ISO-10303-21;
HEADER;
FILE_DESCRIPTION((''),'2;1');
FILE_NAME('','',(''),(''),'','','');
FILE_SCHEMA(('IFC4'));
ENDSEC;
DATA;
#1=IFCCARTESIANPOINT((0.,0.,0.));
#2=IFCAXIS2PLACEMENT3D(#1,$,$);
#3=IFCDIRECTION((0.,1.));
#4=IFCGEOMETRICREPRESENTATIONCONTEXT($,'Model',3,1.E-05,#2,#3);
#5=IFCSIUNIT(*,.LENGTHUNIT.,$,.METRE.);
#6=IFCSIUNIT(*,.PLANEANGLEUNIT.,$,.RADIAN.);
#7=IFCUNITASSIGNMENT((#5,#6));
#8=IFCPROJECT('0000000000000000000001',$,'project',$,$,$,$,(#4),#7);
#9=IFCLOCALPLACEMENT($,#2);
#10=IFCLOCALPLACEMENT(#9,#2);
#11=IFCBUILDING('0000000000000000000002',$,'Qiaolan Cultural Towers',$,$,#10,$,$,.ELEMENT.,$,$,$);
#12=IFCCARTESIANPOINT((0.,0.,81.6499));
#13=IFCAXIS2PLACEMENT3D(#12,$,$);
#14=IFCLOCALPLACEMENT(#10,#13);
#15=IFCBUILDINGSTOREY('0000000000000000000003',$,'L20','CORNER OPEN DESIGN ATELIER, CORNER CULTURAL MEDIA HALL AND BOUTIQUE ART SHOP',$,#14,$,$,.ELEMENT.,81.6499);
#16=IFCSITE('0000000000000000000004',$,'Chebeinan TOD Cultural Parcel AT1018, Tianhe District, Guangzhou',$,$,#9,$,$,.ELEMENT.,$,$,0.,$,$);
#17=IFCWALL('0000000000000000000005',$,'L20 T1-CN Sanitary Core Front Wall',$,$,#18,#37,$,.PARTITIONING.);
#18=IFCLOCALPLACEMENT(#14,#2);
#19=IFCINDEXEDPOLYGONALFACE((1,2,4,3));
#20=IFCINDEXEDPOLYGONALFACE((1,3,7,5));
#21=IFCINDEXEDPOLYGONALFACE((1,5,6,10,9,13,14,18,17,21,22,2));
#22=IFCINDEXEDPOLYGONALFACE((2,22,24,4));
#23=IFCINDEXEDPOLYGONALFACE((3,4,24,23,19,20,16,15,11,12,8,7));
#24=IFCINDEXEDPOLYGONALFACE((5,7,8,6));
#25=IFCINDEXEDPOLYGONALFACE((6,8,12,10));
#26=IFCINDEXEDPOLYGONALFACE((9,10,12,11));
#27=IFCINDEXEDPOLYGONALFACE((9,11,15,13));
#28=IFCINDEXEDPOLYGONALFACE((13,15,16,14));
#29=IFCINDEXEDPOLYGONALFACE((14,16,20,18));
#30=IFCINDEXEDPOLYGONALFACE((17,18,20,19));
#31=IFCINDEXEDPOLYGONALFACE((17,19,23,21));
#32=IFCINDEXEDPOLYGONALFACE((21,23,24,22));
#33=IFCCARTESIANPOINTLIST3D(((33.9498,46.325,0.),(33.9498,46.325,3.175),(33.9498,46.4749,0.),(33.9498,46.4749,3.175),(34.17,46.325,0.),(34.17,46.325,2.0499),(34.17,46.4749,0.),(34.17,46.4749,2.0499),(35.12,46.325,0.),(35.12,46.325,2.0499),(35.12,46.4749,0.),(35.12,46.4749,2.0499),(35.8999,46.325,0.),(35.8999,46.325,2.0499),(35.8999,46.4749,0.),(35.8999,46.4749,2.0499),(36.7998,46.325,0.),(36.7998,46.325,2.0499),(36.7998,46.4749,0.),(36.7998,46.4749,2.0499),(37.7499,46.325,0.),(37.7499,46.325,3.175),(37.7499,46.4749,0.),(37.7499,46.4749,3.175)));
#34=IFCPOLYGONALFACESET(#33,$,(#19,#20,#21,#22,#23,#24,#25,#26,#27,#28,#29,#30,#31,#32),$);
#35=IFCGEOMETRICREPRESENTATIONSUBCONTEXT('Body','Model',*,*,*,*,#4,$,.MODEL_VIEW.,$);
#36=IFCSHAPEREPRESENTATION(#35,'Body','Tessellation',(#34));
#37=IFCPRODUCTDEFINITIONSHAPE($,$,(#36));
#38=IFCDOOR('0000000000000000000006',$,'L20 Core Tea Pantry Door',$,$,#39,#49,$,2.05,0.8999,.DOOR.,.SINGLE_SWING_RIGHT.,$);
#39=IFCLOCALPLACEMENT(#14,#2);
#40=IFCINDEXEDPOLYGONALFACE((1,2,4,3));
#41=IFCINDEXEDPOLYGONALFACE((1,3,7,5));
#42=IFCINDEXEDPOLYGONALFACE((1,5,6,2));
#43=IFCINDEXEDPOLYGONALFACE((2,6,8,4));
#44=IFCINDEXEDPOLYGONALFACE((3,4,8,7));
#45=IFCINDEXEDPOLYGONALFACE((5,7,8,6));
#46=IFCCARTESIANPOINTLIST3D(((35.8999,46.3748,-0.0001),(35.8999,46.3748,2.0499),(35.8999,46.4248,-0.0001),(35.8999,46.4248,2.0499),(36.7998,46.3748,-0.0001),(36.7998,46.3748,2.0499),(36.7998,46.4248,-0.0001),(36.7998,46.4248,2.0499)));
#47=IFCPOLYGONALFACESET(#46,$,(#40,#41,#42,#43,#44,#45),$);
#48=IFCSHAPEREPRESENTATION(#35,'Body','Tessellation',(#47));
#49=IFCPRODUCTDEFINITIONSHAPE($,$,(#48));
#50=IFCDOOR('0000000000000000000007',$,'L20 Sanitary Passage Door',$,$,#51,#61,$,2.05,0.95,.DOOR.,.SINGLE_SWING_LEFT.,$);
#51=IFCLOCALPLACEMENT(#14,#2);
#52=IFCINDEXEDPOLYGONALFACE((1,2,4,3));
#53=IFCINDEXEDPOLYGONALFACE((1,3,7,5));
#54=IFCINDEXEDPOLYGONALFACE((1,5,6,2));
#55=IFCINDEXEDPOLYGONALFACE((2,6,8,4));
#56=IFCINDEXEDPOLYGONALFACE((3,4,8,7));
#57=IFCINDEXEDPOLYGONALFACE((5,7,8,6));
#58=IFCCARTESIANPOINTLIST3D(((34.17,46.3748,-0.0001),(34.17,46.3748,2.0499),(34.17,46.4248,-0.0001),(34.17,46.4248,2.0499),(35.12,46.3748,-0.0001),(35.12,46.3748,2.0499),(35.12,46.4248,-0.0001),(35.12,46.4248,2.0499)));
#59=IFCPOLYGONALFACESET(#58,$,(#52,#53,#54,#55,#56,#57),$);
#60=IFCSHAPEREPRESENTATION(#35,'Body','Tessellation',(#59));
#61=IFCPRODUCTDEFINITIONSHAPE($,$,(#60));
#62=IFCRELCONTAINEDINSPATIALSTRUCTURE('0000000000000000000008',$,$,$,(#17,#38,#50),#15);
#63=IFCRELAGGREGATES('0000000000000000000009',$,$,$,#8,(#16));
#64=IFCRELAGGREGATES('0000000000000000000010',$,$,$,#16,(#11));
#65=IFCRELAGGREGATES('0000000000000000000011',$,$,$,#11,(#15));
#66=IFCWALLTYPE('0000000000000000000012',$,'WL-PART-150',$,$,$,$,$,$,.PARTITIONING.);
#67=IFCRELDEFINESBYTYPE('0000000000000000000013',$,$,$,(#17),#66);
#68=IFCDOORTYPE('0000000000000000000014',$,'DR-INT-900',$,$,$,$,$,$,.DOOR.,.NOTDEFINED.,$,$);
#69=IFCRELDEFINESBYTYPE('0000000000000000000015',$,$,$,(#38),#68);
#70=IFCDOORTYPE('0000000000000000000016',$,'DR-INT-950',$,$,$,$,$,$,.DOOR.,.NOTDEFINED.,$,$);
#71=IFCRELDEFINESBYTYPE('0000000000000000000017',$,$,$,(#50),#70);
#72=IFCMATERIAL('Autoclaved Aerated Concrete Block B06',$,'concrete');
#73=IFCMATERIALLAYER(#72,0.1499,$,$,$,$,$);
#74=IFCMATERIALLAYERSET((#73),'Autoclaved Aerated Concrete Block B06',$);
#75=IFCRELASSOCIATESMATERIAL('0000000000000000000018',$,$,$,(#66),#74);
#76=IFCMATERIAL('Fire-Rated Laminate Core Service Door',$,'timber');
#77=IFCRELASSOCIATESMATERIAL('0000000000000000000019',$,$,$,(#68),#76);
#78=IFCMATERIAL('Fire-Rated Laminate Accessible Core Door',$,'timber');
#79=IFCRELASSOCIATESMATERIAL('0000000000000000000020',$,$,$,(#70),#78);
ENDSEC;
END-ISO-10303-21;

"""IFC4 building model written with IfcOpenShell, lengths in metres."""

from ifc_helpers import new_model, si_unit, direction, frame, frame_2d, origin, place, context, subcontext, project, spatial, rectangle, extrude, material, layer, layer_set, type_object, element, fill, save


model = new_model("IFC4")

# Units and contexts
model_context = context("Model", 3, precision=1e-05, world=origin(), true_north=direction((0.0, 1.0)))
body_context = subcontext(model_context, "Body", "Model", "MODEL_VIEW")
ifc_project = project(units=[si_unit("LENGTHUNIT", "METRE"), si_unit("PLANEANGLEUNIT", "RADIAN")], contexts=[model_context])

# Site, building, storey
site_placement = place(None, origin())
site = spatial("IfcSite", under=ifc_project, at=site_placement, Name="Chebeinan TOD Cultural Parcel AT1018, Tianhe District, Guangzhou", CompositionType="ELEMENT", RefElevation=0.0)
building_placement = place(site_placement, origin())
building = spatial("IfcBuilding", under=site, at=building_placement, Name="Qiaolan Cultural Towers", CompositionType="ELEMENT")
storey_placement = place(building_placement, frame((0.0, 0.0, 81.6499)))
storey = spatial("IfcBuildingStorey", under=building, at=storey_placement, Name="L20", Description="CORNER OPEN DESIGN ATELIER, CORNER CULTURAL MEDIA HALL AND BOUTIQUE ART SHOP", CompositionType="ELEMENT", Elevation=81.6499)

# Shared definitions
ifc_material_1 = material(Name="Autoclaved Aerated Concrete Block B06", Category="concrete")
ifc_layer_1 = layer(ifc_material_1, 0.1499)
ifc_layer_set_1 = layer_set([ifc_layer_1], Name="Autoclaved Aerated Concrete Block B06")
wall_type_1 = type_object("IfcWallType", Name="WL-PART-150", PredefinedType="PARTITIONING", material=ifc_layer_set_1)

# Wall, openings, doors
wall_1_placement = place(storey_placement, frame((33.95, 46.3999, 0.0), z_axis=(0.0, 0.0, 1.0), x_axis=(1.0, 0.0, 0.0)))
wall_1 = element("IfcWall", 1, at=wall_1_placement, inside=storey, type_object=wall_type_1, Name="L20 T1-CN Sanitary Core Front Wall", PredefinedType="PARTITIONING", context=body_context, shape_type="SweptSolid", body=[
    extrude(rectangle(XDim=3.8, YDim=0.1499, at=frame_2d((1.8999, 0.0))), origin(), (0.0, 0.0, 1.0), 3.175),
])
opening_1_placement = place(wall_1_placement, frame((0.22, 0.0, 0.0)))
opening_1 = element("IfcOpeningElement", 2, at=opening_1_placement, cuts=wall_1, PredefinedType="OPENING", context=body_context, shape_type="SweptSolid", body=[
    extrude(rectangle(XDim=0.95, YDim=2.05, at=frame_2d((0.4751, 1.0249))), frame((0.0, 0.085, 0.0), z_axis=(0.0, -1.0, 0.0), x_axis=(1.0, 0.0, 0.0)), (0.0, 0.0, 1.0), 0.1699),
])
opening_2_placement = place(wall_1_placement, frame((1.95, 0.0, 0.0)))
opening_2 = element("IfcOpeningElement", 3, at=opening_2_placement, cuts=wall_1, PredefinedType="OPENING", context=body_context, shape_type="SweptSolid", body=[
    extrude(rectangle(XDim=0.8999, YDim=2.05, at=frame_2d((0.45, 1.0249))), frame((0.0, 0.085, 0.0), z_axis=(0.0, -1.0, 0.0), x_axis=(1.0, 0.0, 0.0)), (0.0, 0.0, 1.0), 0.1699),
])
ifc_material_2 = material(Name="Fire-Rated Laminate Core Service Door", Category="timber")
door_type_1 = type_object("IfcDoorType", Name="DR-INT-900", OperationType="NOTDEFINED", PredefinedType="DOOR", material=ifc_material_2)
door_1_placement = place(opening_2_placement, origin())
door_1 = element("IfcDoor", 4, at=door_1_placement, inside=storey, type_object=door_type_1, Name="L20 Core Tea Pantry Door", OperationType="SINGLE_SWING_RIGHT", OverallHeight=2.05, OverallWidth=0.8999, PredefinedType="DOOR", context=body_context, shape_type="SweptSolid", body=[
    extrude(rectangle(XDim=0.8999, YDim=2.05, at=frame_2d((0.45, 1.0249))), frame((0.0, 0.0249, 0.0), z_axis=(0.0, -1.0, 0.0), x_axis=(1.0, 0.0, 0.0)), (0.0, 0.0, 1.0), 0.05),
])
fill(opening_2, door_1)
ifc_material_3 = material(Name="Fire-Rated Laminate Accessible Core Door", Category="timber")
door_type_2 = type_object("IfcDoorType", Name="DR-INT-950", OperationType="NOTDEFINED", PredefinedType="DOOR", material=ifc_material_3)
door_2_placement = place(opening_1_placement, origin())
door_2 = element("IfcDoor", 5, at=door_2_placement, inside=storey, type_object=door_type_2, Name="L20 Sanitary Passage Door", OperationType="SINGLE_SWING_LEFT", OverallHeight=2.05, OverallWidth=0.95, PredefinedType="DOOR", context=body_context, shape_type="SweptSolid", body=[
    extrude(rectangle(XDim=0.95, YDim=2.05, at=frame_2d((0.4751, 1.0249))), frame((0.0, 0.0249, 0.0), z_axis=(0.0, -1.0, 0.0), x_axis=(1.0, 0.0, 0.0)), (0.0, 0.0, 1.0), 0.05),
])
fill(opening_1, door_2)

save(model, "model.ifc")
